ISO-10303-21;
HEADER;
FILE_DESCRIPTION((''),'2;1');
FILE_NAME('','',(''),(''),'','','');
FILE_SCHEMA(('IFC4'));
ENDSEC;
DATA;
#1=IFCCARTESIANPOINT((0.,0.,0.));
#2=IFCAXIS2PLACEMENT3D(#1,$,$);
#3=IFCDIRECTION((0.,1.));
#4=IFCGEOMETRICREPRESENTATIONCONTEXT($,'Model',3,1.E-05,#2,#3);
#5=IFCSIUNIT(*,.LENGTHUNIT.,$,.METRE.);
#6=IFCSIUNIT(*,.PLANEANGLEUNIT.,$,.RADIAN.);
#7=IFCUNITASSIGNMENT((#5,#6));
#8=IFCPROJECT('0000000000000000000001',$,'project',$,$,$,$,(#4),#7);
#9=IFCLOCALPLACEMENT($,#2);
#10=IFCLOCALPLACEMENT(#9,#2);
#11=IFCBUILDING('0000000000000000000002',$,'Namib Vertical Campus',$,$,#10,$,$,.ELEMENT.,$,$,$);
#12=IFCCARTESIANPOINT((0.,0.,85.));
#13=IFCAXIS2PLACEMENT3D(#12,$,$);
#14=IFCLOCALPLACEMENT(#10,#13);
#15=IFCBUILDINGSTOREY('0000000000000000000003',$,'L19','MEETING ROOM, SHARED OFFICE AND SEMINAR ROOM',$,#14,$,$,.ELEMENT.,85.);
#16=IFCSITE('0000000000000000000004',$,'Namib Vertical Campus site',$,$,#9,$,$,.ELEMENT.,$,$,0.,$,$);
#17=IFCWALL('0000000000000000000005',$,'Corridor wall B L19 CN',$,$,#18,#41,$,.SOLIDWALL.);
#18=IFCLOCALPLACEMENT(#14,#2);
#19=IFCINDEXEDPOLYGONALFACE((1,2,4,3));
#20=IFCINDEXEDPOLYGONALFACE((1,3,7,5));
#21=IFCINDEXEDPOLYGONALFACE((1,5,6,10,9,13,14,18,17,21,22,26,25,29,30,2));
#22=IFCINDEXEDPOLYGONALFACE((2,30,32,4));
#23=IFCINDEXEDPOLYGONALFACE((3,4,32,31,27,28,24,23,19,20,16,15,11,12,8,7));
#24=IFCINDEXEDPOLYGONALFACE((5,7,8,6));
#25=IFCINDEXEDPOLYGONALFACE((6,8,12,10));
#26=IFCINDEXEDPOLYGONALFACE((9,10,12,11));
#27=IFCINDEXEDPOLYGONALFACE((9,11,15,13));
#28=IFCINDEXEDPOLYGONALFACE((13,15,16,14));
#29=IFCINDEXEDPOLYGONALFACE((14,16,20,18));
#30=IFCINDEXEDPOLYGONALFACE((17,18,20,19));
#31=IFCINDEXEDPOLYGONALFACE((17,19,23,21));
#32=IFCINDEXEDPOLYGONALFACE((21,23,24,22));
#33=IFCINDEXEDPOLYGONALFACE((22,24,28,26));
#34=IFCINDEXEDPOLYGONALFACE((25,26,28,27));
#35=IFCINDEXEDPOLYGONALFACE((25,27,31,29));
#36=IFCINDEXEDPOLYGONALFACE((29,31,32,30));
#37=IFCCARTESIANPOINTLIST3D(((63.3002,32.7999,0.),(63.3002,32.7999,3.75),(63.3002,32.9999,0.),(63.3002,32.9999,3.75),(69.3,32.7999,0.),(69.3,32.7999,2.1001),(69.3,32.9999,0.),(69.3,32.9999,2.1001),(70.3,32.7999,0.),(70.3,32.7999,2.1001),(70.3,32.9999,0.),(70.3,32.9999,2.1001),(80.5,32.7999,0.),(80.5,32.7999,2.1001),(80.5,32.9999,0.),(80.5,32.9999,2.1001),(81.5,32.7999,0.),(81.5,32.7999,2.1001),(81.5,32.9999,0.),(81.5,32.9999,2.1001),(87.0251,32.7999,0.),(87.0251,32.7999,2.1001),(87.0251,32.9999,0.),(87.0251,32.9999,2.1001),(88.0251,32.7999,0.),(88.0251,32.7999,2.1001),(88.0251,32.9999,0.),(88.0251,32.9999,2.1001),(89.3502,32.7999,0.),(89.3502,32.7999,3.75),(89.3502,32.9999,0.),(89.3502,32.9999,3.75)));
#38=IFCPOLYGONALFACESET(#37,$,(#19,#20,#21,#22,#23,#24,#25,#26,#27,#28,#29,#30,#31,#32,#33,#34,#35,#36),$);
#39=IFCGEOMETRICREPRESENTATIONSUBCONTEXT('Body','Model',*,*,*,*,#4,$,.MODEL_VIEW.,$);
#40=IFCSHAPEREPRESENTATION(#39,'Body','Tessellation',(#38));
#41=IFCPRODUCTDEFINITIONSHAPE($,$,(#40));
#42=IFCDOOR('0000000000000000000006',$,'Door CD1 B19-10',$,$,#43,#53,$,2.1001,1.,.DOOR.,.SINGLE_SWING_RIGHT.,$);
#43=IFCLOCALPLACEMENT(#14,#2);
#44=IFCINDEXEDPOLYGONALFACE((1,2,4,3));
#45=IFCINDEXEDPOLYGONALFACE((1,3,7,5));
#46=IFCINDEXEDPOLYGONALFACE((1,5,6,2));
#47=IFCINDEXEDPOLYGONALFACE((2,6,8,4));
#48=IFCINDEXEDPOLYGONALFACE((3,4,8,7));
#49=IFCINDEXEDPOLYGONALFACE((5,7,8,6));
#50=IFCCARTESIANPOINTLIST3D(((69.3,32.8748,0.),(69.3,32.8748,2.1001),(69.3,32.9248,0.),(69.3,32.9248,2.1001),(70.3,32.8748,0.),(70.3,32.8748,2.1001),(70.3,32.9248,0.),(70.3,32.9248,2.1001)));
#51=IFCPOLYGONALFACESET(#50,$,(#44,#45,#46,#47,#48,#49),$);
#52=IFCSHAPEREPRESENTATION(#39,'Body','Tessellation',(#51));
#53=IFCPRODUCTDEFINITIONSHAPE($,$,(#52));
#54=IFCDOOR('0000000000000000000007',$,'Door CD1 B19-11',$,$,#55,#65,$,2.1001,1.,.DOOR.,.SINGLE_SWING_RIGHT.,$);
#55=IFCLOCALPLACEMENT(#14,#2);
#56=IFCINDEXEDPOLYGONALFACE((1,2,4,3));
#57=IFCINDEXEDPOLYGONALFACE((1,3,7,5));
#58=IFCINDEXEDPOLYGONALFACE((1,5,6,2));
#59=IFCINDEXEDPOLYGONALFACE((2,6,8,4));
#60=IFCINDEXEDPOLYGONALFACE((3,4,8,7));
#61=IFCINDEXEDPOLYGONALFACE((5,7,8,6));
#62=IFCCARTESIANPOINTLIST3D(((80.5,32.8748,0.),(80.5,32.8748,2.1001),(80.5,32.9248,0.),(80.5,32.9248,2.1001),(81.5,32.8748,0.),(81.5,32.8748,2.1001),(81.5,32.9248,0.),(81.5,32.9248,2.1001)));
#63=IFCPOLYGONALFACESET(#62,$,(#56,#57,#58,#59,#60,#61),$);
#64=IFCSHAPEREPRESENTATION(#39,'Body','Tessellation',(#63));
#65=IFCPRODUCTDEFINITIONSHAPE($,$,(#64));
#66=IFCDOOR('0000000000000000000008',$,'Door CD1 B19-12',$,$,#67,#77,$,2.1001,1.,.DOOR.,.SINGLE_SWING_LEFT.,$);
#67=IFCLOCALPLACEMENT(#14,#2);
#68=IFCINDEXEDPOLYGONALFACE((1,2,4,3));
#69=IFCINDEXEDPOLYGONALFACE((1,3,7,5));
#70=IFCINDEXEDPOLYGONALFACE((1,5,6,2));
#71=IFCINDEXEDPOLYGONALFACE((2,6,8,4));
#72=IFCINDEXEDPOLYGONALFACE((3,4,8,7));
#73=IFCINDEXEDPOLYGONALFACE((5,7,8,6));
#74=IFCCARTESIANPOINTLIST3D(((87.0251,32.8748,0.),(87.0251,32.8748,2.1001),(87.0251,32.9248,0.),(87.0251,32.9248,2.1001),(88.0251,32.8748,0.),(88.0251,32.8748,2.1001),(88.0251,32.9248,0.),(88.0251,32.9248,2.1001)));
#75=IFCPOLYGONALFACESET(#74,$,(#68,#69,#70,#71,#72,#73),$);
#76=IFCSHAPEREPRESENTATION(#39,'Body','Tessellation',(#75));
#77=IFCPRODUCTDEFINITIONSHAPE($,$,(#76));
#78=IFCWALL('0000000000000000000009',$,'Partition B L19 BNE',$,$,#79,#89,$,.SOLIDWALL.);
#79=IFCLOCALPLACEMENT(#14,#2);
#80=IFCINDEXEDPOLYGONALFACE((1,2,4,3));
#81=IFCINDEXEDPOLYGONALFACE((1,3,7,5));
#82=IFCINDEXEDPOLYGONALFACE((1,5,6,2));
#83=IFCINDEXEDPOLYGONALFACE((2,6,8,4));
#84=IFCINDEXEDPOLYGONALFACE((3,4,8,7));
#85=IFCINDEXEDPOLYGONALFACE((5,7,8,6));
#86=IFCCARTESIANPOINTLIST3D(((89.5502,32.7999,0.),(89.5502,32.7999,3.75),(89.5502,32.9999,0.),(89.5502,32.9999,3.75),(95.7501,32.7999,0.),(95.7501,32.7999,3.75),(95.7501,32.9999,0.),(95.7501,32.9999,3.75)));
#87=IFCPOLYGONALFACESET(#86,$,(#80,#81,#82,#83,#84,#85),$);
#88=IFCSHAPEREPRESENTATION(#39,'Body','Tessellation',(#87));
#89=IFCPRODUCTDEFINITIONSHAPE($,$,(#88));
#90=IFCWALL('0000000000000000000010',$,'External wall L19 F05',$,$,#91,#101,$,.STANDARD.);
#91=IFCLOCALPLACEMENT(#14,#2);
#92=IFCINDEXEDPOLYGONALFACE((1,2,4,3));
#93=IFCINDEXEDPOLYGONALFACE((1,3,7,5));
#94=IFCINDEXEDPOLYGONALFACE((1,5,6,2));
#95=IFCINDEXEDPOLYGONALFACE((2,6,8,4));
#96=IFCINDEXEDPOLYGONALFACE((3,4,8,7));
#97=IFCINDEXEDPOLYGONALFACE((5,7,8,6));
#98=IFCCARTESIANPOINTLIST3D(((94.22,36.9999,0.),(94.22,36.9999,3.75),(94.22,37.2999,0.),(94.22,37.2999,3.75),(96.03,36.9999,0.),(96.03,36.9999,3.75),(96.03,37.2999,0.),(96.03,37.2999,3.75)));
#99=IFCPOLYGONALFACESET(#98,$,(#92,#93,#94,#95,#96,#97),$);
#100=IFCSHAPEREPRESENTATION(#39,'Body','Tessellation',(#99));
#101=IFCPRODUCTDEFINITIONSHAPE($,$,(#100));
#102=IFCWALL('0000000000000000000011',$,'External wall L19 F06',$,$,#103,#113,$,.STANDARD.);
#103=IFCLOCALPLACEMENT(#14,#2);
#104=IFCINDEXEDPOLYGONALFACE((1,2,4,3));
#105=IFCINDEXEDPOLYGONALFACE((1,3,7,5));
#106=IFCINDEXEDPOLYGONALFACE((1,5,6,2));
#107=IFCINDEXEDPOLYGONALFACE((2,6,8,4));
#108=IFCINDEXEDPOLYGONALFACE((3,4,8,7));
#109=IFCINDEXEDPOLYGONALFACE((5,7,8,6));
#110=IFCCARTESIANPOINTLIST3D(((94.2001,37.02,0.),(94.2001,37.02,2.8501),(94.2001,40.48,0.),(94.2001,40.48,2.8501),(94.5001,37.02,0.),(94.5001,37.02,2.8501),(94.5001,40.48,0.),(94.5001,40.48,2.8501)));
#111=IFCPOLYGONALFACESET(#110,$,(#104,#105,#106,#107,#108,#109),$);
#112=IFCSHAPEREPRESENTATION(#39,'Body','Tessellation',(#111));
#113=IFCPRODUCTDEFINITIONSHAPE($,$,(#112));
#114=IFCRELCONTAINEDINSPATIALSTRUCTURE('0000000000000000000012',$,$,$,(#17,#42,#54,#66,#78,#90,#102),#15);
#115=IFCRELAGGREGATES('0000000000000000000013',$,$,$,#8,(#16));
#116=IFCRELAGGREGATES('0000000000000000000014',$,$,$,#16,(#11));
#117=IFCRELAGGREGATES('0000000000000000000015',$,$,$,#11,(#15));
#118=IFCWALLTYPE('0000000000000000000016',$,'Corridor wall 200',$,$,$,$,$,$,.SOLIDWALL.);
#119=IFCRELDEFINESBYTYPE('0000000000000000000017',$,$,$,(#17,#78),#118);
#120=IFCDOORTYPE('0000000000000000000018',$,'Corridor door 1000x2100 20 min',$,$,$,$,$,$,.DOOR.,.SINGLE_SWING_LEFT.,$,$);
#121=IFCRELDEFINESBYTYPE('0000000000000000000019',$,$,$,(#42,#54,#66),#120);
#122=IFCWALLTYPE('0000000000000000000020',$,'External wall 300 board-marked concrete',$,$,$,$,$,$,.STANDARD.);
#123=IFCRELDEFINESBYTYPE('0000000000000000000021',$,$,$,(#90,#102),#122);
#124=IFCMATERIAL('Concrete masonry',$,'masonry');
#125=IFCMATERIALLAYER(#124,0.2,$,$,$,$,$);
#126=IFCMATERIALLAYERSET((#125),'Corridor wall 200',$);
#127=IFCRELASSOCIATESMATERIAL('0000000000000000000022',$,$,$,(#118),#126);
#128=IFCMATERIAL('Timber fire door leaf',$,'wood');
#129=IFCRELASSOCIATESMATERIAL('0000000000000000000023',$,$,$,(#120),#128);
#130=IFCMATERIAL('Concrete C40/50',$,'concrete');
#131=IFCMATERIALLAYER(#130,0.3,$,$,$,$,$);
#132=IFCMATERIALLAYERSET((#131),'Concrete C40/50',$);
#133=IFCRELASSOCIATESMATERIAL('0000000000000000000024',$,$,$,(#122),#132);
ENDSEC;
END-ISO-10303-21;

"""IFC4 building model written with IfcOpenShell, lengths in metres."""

from ifc_helpers import new_model, si_unit, direction, frame, frame_2d, origin, place, context, subcontext, project, spatial, rectangle, extrude, material, layer, layer_set, type_object, element, fill, save


model = new_model("IFC4")

# Units and contexts
model_context = context("Model", 3, precision=1e-05, world=origin(), true_north=direction((0.0, 1.0)))
body_context = subcontext(model_context, "Body", "Model", "MODEL_VIEW")
ifc_project = project(units=[si_unit("LENGTHUNIT", "METRE"), si_unit("PLANEANGLEUNIT", "RADIAN")], contexts=[model_context])

# Site, building, storey
site_placement = place(None, origin())
site = spatial("IfcSite", under=ifc_project, at=site_placement, Name="Namib Vertical Campus site", CompositionType="ELEMENT", RefElevation=0.0)
building_placement = place(site_placement, origin())
building = spatial("IfcBuilding", under=site, at=building_placement, Name="Namib Vertical Campus", CompositionType="ELEMENT")
storey_placement = place(building_placement, frame((0.0, 0.0, 85.0)))
storey = spatial("IfcBuildingStorey", under=building, at=storey_placement, Name="L19", Description="MEETING ROOM, SHARED OFFICE AND SEMINAR ROOM", CompositionType="ELEMENT", Elevation=85.0)

# Wall, openings, doors
ifc_material_1 = material(Name="Concrete masonry", Category="masonry")
ifc_layer_1 = layer(ifc_material_1, 0.2)
ifc_layer_set_1 = layer_set([ifc_layer_1], Name="Corridor wall 200")
wall_type_1 = type_object("IfcWallType", Name="Corridor wall 200", PredefinedType="SOLIDWALL", material=ifc_layer_set_1)
wall_1_placement = place(storey_placement, frame((89.3501, 32.8999, 0.0), z_axis=(0.0, 0.0, 1.0), x_axis=(-1.0, 0.0, 0.0)))
wall_1 = element("IfcWall", 1, at=wall_1_placement, inside=storey, type_object=wall_type_1, Name="Corridor wall B L19 CN", PredefinedType="SOLIDWALL", context=body_context, shape_type="SweptSolid", body=[
    extrude(rectangle(XDim=26.05, YDim=0.2, at=frame_2d((13.0249, 0.0))), origin(), (0.0, 0.0, 1.0), 3.75),
])
opening_1_placement = place(wall_1_placement, frame((19.05, 0.0, 0.0)))
opening_1 = element("IfcOpeningElement", 2, at=opening_1_placement, cuts=wall_1, PredefinedType="OPENING", context=body_context, shape_type="SweptSolid", body=[
    extrude(rectangle(XDim=1.0, YDim=2.1001, at=frame_2d((0.5, 1.05))), frame((0.0, 0.1099, 0.0), z_axis=(0.0, -1.0, 0.0), x_axis=(1.0, 0.0, 0.0)), (0.0, 0.0, 1.0), 0.22),
])
opening_2_placement = place(wall_1_placement, frame((7.8501, 0.0, 0.0)))
opening_2 = element("IfcOpeningElement", 3, at=opening_2_placement, cuts=wall_1, PredefinedType="OPENING", context=body_context, shape_type="SweptSolid", body=[
    extrude(rectangle(XDim=1.0, YDim=2.1001, at=frame_2d((0.5, 1.05))), frame((0.0, 0.1099, 0.0), z_axis=(0.0, -1.0, 0.0), x_axis=(1.0, 0.0, 0.0)), (0.0, 0.0, 1.0), 0.22),
])
opening_3_placement = place(wall_1_placement, frame((1.325, 0.0, 0.0)))
opening_3 = element("IfcOpeningElement", 4, at=opening_3_placement, cuts=wall_1, PredefinedType="OPENING", context=body_context, shape_type="SweptSolid", body=[
    extrude(rectangle(XDim=1.0, YDim=2.1001, at=frame_2d((0.5, 1.05))), frame((0.0, 0.1099, 0.0), z_axis=(0.0, -1.0, 0.0), x_axis=(1.0, 0.0, 0.0)), (0.0, 0.0, 1.0), 0.22),
])
ifc_material_2 = material(Name="Timber fire door leaf", Category="wood")
door_type_1 = type_object("IfcDoorType", Name="Corridor door 1000x2100 20 min", OperationType="SINGLE_SWING_LEFT", PredefinedType="DOOR", material=ifc_material_2)
door_1_placement = place(opening_1_placement, frame((1.0, 0.0, 0.0), z_axis=(0.0, 0.0, 1.0), x_axis=(-1.0, 0.0, 0.0)))
door_1 = element("IfcDoor", 5, at=door_1_placement, inside=storey, type_object=door_type_1, Name="Door CD1 B19-10", OperationType="SINGLE_SWING_RIGHT", OverallHeight=2.1001, OverallWidth=1.0, PredefinedType="DOOR", context=body_context, shape_type="SweptSolid", body=[
    extrude(rectangle(XDim=1.0, YDim=2.1001, at=frame_2d((0.5, 1.05))), frame((0.0, 0.0249, 0.0), z_axis=(0.0, -1.0, 0.0), x_axis=(1.0, 0.0, 0.0)), (0.0, 0.0, 1.0), 0.05),
])
fill(opening_1, door_1)
door_2_placement = place(opening_2_placement, frame((1.0, 0.0, 0.0), z_axis=(0.0, 0.0, 1.0), x_axis=(-1.0, 0.0, 0.0)))
door_2 = element("IfcDoor", 6, at=door_2_placement, inside=storey, type_object=door_type_1, Name="Door CD1 B19-11", OperationType="SINGLE_SWING_RIGHT", OverallHeight=2.1001, OverallWidth=1.0, PredefinedType="DOOR", context=body_context, shape_type="SweptSolid", body=[
    extrude(rectangle(XDim=1.0, YDim=2.1001, at=frame_2d((0.5, 1.05))), frame((0.0, 0.0249, 0.0), z_axis=(0.0, -1.0, 0.0), x_axis=(1.0, 0.0, 0.0)), (0.0, 0.0, 1.0), 0.05),
])
fill(opening_2, door_2)
door_3_placement = place(opening_3_placement, frame((1.0, 0.0, 0.0), z_axis=(0.0, 0.0, 1.0), x_axis=(-1.0, 0.0, 0.0)))
door_3 = element("IfcDoor", 7, at=door_3_placement, inside=storey, type_object=door_type_1, Name="Door CD1 B19-12", OperationType="SINGLE_SWING_LEFT", OverallHeight=2.1001, OverallWidth=1.0, PredefinedType="DOOR", context=body_context, shape_type="SweptSolid", body=[
    extrude(rectangle(XDim=1.0, YDim=2.1001, at=frame_2d((0.5, 1.05))), frame((0.0, 0.0249, 0.0), z_axis=(0.0, -1.0, 0.0), x_axis=(1.0, 0.0, 0.0)), (0.0, 0.0, 1.0), 0.05),
])
fill(opening_3, door_3)

# Walls
wall_2_placement = place(storey_placement, frame((89.55, 32.8999, 0.0), z_axis=(0.0, 0.0, 1.0), x_axis=(1.0, 0.0, 0.0)))
element("IfcWall", 8, at=wall_2_placement, inside=storey, type_object=wall_type_1, Name="Partition B L19 BNE", PredefinedType="SOLIDWALL", context=body_context, shape_type="SweptSolid", body=[
    extrude(rectangle(XDim=6.2, YDim=0.2, at=frame_2d((3.1001, 0.0))), origin(), (0.0, 0.0, 1.0), 3.75),
])
ifc_material_3 = material(Name="Concrete C40/50", Category="concrete")
ifc_layer_2 = layer(ifc_material_3, 0.3)
ifc_layer_set_2 = layer_set([ifc_layer_2], Name="Concrete C40/50")
wall_type_2 = type_object("IfcWallType", Name="External wall 300 board-marked concrete", PredefinedType="STANDARD", material=ifc_layer_set_2)
wall_3_placement = place(storey_placement, frame((96.03, 37.1499, 0.0), z_axis=(0.0, 0.0, 1.0), x_axis=(-1.0, 0.0, 0.0)))
element("IfcWall", 9, at=wall_3_placement, inside=storey, type_object=wall_type_2, Name="External wall L19 F05", PredefinedType="STANDARD", context=body_context, shape_type="SweptSolid", body=[
    extrude(rectangle(XDim=1.8101, YDim=0.3, at=frame_2d((0.905, 0.0))), origin(), (0.0, 0.0, 1.0), 3.75),
])
wall_4_placement = place(storey_placement, frame((94.3501, 37.02, 0.0), z_axis=(0.0, 0.0, 1.0), x_axis=(0.0, 1.0, 0.0)))
element("IfcWall", 10, at=wall_4_placement, inside=storey, type_object=wall_type_2, Name="External wall L19 F06", PredefinedType="STANDARD", context=body_context, shape_type="SweptSolid", body=[
    extrude(rectangle(XDim=3.46, YDim=0.3, at=frame_2d((1.73, 0.0))), origin(), (0.0, 0.0, 1.0), 2.8501),
])

save(model, "model.ifc")
